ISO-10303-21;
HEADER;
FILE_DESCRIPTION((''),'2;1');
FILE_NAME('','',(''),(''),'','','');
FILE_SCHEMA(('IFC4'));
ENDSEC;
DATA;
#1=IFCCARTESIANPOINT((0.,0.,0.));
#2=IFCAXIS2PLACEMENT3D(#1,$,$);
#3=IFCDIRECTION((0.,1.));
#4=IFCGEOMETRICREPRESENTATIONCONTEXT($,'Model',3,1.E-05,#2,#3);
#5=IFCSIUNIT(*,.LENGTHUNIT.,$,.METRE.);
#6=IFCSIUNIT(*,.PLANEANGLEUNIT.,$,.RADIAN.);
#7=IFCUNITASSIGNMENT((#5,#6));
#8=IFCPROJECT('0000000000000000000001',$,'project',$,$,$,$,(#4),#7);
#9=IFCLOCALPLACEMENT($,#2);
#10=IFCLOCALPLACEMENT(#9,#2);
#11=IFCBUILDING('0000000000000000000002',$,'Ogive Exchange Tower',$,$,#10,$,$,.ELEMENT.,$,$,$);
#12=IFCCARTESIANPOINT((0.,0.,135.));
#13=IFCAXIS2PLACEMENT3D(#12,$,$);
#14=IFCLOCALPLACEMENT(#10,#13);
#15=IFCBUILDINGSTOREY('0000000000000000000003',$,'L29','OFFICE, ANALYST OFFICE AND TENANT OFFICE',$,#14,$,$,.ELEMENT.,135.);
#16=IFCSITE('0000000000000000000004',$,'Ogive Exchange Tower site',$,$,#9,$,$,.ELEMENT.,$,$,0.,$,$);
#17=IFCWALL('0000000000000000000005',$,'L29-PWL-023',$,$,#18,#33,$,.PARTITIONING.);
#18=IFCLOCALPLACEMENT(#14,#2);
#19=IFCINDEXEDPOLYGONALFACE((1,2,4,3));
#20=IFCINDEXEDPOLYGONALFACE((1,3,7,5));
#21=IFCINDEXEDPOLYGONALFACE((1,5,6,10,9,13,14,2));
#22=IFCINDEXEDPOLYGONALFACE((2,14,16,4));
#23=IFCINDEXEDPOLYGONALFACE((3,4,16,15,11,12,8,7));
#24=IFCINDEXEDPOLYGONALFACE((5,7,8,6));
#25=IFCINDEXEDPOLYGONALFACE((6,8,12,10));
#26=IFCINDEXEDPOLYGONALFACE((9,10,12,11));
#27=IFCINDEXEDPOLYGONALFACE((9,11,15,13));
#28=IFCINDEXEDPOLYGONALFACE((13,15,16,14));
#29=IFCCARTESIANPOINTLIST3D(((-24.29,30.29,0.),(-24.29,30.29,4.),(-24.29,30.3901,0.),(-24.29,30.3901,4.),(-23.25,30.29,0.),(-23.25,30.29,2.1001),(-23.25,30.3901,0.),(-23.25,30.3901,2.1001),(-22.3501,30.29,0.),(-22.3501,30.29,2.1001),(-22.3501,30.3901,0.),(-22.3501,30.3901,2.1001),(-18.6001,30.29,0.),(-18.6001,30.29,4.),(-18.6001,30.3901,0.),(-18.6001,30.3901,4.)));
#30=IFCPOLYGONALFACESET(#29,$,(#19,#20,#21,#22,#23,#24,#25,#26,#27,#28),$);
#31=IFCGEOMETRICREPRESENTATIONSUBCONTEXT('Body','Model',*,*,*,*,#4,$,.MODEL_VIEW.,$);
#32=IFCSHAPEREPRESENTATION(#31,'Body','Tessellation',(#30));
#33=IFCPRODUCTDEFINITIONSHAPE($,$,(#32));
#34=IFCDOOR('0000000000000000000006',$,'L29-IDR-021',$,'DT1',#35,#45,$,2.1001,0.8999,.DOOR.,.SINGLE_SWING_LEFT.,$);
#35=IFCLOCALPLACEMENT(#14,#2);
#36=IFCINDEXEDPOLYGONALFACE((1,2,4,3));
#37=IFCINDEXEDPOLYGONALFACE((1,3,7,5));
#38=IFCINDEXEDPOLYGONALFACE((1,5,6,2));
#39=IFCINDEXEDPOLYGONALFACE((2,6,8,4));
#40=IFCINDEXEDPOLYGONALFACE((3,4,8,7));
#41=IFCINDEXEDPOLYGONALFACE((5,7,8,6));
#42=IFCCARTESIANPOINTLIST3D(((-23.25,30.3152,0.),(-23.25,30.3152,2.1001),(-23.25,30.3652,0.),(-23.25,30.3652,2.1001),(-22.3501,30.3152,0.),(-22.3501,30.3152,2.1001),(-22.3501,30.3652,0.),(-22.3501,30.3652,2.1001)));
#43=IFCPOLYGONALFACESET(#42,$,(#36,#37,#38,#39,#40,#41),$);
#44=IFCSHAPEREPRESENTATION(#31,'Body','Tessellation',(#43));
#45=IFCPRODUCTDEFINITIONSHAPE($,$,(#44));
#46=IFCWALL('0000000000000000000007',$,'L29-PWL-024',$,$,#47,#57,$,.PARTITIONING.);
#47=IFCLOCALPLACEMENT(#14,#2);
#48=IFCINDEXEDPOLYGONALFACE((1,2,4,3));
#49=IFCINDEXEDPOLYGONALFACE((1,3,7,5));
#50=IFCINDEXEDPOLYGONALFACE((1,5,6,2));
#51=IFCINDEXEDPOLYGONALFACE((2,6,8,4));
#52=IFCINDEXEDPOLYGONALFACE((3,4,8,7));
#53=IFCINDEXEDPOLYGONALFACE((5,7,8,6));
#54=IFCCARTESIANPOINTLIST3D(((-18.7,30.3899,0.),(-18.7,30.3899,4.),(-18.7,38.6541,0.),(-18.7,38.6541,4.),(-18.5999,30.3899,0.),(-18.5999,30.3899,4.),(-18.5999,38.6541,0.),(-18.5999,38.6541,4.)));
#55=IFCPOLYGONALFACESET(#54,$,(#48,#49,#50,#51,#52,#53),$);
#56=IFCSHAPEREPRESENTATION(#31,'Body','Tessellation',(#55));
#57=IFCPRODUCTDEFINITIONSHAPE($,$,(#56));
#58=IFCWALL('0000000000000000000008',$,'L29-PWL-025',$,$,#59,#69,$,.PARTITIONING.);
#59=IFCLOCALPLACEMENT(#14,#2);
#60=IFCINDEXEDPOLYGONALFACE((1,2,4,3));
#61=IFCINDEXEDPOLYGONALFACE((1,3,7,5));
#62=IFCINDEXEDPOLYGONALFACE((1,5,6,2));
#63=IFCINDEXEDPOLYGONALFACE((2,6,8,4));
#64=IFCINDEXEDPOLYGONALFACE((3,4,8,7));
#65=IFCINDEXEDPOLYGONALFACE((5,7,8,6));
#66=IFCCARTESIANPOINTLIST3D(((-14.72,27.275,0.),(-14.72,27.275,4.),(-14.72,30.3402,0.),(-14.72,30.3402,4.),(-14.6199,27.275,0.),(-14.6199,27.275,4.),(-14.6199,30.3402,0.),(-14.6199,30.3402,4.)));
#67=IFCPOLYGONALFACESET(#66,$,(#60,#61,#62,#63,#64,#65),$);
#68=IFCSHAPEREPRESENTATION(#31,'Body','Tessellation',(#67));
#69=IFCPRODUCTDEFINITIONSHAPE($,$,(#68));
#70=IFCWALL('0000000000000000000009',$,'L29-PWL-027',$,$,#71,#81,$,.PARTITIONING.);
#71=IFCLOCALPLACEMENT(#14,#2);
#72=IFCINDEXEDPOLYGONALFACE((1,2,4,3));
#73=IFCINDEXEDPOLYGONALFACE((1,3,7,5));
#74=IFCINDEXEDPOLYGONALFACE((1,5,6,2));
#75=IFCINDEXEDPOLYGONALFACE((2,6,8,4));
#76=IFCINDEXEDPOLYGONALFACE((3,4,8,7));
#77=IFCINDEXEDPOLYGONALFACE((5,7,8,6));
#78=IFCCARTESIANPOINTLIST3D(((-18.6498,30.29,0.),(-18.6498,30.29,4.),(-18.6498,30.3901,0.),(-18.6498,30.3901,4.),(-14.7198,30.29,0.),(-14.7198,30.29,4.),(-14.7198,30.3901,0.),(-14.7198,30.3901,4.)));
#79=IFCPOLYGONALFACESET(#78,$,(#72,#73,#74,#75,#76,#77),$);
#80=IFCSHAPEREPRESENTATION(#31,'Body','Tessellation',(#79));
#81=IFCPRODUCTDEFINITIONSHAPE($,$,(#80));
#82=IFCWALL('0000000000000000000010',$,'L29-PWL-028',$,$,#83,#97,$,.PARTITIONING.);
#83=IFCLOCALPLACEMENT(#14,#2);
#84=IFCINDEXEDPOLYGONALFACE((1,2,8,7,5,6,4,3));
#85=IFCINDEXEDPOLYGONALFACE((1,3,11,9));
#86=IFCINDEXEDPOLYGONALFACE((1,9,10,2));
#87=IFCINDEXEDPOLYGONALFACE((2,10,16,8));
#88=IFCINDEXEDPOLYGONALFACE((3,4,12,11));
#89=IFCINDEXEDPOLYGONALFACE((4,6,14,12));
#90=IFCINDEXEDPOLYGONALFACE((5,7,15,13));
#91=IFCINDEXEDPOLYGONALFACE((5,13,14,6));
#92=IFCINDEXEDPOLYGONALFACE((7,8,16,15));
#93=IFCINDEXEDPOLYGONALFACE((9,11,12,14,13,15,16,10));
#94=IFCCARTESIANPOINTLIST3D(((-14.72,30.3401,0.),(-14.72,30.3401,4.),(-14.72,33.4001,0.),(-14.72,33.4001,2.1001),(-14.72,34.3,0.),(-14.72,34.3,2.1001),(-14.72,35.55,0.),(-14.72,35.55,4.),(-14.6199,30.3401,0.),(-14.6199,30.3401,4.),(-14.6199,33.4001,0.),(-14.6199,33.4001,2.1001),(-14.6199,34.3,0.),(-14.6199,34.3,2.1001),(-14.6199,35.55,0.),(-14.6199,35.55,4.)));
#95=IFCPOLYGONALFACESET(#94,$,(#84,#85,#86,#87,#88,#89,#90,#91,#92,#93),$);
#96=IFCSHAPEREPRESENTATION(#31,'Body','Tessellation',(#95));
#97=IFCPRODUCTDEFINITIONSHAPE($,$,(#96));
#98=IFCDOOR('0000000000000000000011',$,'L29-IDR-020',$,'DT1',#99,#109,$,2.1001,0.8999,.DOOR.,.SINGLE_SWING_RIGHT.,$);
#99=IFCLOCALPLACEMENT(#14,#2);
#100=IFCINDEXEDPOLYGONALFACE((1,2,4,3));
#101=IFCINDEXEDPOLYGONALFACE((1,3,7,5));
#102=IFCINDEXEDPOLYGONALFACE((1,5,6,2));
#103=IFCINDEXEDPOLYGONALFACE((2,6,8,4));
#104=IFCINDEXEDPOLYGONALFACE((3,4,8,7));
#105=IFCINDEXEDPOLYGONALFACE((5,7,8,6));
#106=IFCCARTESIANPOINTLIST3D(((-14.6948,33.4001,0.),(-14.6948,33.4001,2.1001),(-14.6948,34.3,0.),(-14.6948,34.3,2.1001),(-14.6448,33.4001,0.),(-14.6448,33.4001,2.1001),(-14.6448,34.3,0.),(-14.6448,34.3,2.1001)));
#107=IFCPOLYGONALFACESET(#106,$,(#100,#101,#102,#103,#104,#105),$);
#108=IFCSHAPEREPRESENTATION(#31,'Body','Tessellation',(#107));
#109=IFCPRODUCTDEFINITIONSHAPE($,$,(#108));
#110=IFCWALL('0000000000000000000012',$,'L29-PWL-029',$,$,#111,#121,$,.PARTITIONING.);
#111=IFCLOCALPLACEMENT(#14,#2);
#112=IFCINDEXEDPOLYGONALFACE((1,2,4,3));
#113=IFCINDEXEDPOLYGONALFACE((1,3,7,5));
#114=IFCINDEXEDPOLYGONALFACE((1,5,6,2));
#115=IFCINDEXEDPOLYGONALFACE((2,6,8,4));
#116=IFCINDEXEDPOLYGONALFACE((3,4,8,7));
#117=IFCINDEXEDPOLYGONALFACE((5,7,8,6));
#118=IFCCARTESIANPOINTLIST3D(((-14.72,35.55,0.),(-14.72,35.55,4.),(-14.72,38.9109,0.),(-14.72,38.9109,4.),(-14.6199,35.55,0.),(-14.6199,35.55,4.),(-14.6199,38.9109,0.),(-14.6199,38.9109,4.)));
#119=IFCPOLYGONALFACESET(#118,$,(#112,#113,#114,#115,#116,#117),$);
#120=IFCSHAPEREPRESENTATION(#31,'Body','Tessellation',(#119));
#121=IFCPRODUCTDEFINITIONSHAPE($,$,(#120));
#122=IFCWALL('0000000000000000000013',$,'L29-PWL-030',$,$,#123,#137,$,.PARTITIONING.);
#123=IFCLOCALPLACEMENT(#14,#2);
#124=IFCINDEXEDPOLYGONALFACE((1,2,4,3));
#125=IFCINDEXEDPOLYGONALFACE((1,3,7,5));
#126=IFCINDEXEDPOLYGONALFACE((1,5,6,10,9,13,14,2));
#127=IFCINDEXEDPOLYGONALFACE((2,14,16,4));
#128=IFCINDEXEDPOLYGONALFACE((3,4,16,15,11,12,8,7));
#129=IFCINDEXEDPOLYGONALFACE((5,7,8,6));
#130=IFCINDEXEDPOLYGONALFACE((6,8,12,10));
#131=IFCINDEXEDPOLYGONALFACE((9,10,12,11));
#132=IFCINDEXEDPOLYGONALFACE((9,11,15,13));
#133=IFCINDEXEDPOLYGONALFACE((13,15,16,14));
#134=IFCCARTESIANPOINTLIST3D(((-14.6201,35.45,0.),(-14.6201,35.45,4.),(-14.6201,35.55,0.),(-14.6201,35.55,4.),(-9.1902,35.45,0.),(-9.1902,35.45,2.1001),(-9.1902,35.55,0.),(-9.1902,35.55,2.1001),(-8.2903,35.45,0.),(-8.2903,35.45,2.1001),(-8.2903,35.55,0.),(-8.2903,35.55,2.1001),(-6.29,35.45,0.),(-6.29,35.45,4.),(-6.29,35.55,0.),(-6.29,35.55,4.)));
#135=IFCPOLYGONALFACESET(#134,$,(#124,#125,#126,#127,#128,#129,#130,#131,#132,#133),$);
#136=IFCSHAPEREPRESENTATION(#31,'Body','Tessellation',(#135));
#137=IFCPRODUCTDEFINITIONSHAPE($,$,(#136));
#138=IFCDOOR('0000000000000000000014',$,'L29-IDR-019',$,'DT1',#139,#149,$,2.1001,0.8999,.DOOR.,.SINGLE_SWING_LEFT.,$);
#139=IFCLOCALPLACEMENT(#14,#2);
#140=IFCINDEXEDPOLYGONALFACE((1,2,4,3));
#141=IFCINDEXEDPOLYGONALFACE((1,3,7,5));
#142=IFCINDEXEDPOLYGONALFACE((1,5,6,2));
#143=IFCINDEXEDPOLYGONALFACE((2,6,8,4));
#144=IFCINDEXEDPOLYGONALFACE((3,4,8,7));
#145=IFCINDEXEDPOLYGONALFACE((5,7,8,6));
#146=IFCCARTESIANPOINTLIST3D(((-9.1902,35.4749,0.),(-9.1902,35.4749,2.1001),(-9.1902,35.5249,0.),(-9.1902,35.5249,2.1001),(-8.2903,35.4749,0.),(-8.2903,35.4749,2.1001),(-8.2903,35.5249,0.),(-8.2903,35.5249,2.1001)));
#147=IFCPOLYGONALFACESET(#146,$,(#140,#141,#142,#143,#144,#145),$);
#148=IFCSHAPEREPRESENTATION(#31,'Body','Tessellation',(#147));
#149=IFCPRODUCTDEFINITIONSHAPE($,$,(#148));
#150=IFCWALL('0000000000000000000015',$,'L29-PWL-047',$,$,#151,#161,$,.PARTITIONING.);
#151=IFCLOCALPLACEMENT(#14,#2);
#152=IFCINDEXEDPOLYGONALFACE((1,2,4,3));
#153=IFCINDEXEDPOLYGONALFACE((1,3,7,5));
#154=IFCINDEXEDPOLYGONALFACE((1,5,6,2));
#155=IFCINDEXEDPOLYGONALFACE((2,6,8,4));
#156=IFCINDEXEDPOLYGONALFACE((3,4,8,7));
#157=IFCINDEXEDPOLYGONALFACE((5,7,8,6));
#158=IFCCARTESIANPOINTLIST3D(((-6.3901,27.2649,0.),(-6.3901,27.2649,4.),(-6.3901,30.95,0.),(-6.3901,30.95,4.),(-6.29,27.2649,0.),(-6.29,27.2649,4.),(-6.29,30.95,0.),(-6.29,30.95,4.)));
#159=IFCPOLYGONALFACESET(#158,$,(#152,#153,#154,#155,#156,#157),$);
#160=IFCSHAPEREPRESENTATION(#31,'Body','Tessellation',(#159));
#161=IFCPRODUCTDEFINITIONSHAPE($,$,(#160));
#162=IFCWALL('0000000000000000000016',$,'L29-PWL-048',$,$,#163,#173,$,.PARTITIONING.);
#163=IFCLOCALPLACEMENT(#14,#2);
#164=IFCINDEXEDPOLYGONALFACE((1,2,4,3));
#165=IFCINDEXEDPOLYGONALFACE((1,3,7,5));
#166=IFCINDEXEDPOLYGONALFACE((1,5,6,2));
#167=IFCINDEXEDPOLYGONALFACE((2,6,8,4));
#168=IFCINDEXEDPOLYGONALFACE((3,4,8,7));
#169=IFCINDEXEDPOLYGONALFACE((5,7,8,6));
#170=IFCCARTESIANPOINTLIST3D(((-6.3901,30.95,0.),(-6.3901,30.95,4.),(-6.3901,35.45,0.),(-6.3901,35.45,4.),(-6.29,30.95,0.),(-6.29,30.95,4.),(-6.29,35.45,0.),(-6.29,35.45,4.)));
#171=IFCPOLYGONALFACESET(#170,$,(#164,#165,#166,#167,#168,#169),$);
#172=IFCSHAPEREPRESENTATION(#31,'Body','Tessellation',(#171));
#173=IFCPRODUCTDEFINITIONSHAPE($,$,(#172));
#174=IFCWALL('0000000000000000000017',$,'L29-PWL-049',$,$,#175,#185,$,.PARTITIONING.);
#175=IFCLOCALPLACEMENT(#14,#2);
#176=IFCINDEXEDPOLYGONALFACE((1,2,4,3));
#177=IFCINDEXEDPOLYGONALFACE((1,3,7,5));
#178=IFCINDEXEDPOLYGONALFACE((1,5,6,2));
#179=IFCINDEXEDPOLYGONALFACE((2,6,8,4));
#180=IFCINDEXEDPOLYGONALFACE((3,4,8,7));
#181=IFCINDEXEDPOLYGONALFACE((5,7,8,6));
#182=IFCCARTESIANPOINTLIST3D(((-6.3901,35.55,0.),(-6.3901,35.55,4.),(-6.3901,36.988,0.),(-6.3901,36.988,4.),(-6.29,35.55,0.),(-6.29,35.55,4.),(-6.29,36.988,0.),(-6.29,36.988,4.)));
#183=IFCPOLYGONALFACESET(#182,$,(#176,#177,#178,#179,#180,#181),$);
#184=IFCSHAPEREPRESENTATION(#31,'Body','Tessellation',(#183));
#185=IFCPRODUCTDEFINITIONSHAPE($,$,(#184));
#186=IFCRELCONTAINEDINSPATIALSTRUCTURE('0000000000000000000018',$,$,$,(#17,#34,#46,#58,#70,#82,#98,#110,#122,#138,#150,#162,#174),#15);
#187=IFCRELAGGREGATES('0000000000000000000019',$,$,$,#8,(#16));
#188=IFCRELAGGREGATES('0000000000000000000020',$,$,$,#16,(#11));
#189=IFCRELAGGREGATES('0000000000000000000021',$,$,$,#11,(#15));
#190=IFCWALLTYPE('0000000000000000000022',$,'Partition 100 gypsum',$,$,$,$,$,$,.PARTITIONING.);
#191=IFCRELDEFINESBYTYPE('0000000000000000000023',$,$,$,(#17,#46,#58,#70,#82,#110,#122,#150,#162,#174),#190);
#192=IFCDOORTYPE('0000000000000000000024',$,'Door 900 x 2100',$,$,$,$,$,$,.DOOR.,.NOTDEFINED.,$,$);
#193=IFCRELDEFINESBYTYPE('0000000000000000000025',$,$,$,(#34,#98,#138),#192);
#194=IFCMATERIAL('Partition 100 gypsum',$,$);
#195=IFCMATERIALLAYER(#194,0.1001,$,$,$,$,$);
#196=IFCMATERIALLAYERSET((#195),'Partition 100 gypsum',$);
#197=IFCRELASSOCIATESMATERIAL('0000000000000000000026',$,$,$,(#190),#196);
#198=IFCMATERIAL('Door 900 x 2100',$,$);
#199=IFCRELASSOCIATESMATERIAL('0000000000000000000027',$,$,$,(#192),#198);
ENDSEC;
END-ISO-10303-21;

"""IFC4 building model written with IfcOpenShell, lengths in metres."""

from ifc_helpers import new_model, si_unit, direction, frame, frame_2d, origin, place, context, subcontext, project, spatial, rectangle, extrude, material, layer, layer_set, type_object, element, fill, save


model = new_model("IFC4")

# Units and contexts
model_context = context("Model", 3, precision=1e-05, world=origin(), true_north=direction((0.0, 1.0)))
body_context = subcontext(model_context, "Body", "Model", "MODEL_VIEW")
ifc_project = project(units=[si_unit("LENGTHUNIT", "METRE"), si_unit("PLANEANGLEUNIT", "RADIAN")], contexts=[model_context])

# Site, building, storey
site_placement = place(None, origin())
site = spatial("IfcSite", under=ifc_project, at=site_placement, Name="Ogive Exchange Tower site", CompositionType="ELEMENT", RefElevation=0.0)
building_placement = place(site_placement, origin())
building = spatial("IfcBuilding", under=site, at=building_placement, Name="Ogive Exchange Tower", CompositionType="ELEMENT")
storey_placement = place(building_placement, frame((0.0, 0.0, 135.0)))
storey = spatial("IfcBuildingStorey", under=building, at=storey_placement, Name="L29", Description="OFFICE, ANALYST OFFICE AND TENANT OFFICE", CompositionType="ELEMENT", Elevation=135.0)

# Wall, opening, door
ifc_material_1 = material(Name="Partition 100 gypsum")
ifc_layer_1 = layer(ifc_material_1, 0.1001)
ifc_layer_set_1 = layer_set([ifc_layer_1], Name="Partition 100 gypsum")
wall_type_1 = type_object("IfcWallType", Name="Partition 100 gypsum", PredefinedType="PARTITIONING", material=ifc_layer_set_1)
wall_1_placement = place(storey_placement, frame((-18.6001, 30.3401, 0.0), z_axis=(0.0, 0.0, 1.0), x_axis=(-1.0, 0.0, 0.0)))
wall_1 = element("IfcWall", 1, at=wall_1_placement, inside=storey, type_object=wall_type_1, Name="L29-PWL-023", PredefinedType="PARTITIONING", context=body_context, shape_type="SweptSolid", body=[
    extrude(rectangle(XDim=5.6899, YDim=0.1001, at=frame_2d((2.845, 0.0))), origin(), (0.0, 0.0, 1.0), 4.0),
])
opening_1_placement = place(wall_1_placement, frame((3.75, 0.0, 0.0)))
opening_1 = element("IfcOpeningElement", 2, at=opening_1_placement, cuts=wall_1, PredefinedType="OPENING", context=body_context, shape_type="SweptSolid", body=[
    extrude(rectangle(XDim=0.8999, YDim=2.1001, at=frame_2d((0.45, 1.05))), frame((0.0, 0.0601, 0.0), z_axis=(0.0, -1.0, 0.0), x_axis=(1.0, 0.0, 0.0)), (0.0, 0.0, 1.0), 0.1201),
])
ifc_material_2 = material(Name="Door 900 x 2100")
door_type_1 = type_object("IfcDoorType", Name="Door 900 x 2100", OperationType="NOTDEFINED", PredefinedType="DOOR", material=ifc_material_2)
door_1_placement = place(opening_1_placement, origin())
door_1 = element("IfcDoor", 3, at=door_1_placement, inside=storey, type_object=door_type_1, Name="L29-IDR-021", ObjectType="DT1", OperationType="SINGLE_SWING_LEFT", OverallHeight=2.1001, OverallWidth=0.8999, PredefinedType="DOOR", context=body_context, shape_type="SweptSolid", body=[
    extrude(rectangle(XDim=0.8999, YDim=2.1001, at=frame_2d((0.45, 1.05))), frame((0.0, 0.0249, 0.0), z_axis=(0.0, -1.0, 0.0), x_axis=(1.0, 0.0, 0.0)), (0.0, 0.0, 1.0), 0.05),
])
fill(opening_1, door_1)

# Walls
wall_2_placement = place(storey_placement, frame((-18.6499, 30.3899, 0.0), z_axis=(0.0, 0.0, 1.0), x_axis=(0.0, 1.0, 0.0)))
element("IfcWall", 4, at=wall_2_placement, inside=storey, type_object=wall_type_1, Name="L29-PWL-024", PredefinedType="PARTITIONING", context=body_context, shape_type="SweptSolid", body=[
    extrude(rectangle(XDim=8.2642, YDim=0.1001, at=frame_2d((4.1321, 0.0))), origin(), (0.0, 0.0, 1.0), 4.0),
])
wall_3_placement = place(storey_placement, frame((-14.6699, 27.2749, 0.0), z_axis=(0.0, 0.0, 1.0), x_axis=(0.0, 1.0, 0.0)))
element("IfcWall", 5, at=wall_3_placement, inside=storey, type_object=wall_type_1, Name="L29-PWL-025", PredefinedType="PARTITIONING", context=body_context, shape_type="SweptSolid", body=[
    extrude(rectangle(XDim=3.0652, YDim=0.1001, at=frame_2d((1.5327, 0.0))), origin(), (0.0, 0.0, 1.0), 4.0),
])
wall_4_placement = place(storey_placement, frame((-14.72, 30.3401, 0.0), z_axis=(0.0, 0.0, 1.0), x_axis=(-1.0, 0.0, 0.0)))
element("IfcWall", 6, at=wall_4_placement, inside=storey, type_object=wall_type_1, Name="L29-PWL-027", PredefinedType="PARTITIONING", context=body_context, shape_type="SweptSolid", body=[
    extrude(rectangle(XDim=3.9299, YDim=0.1001, at=frame_2d((1.9648, 0.0))), origin(), (0.0, 0.0, 1.0), 4.0),
])

# Wall, opening, door
wall_5_placement = place(storey_placement, frame((-14.6699, 30.3401, 0.0), z_axis=(0.0, 0.0, 1.0), x_axis=(0.0, 1.0, 0.0)))
wall_5 = element("IfcWall", 7, at=wall_5_placement, inside=storey, type_object=wall_type_1, Name="L29-PWL-028", PredefinedType="PARTITIONING", context=body_context, shape_type="SweptSolid", body=[
    extrude(rectangle(XDim=5.21, YDim=0.1001, at=frame_2d((2.605, 0.0))), origin(), (0.0, 0.0, 1.0), 4.0),
])
opening_2_placement = place(wall_5_placement, frame((3.0601, 0.0, 0.0)))
opening_2 = element("IfcOpeningElement", 8, at=opening_2_placement, cuts=wall_5, PredefinedType="OPENING", context=body_context, shape_type="SweptSolid", body=[
    extrude(rectangle(XDim=0.8999, YDim=2.1001, at=frame_2d((0.45, 1.05))), frame((0.0, 0.0601, 0.0), z_axis=(0.0, -1.0, 0.0), x_axis=(1.0, 0.0, 0.0)), (0.0, 0.0, 1.0), 0.1201),
])
door_2_placement = place(opening_2_placement, origin())
door_2 = element("IfcDoor", 9, at=door_2_placement, inside=storey, type_object=door_type_1, Name="L29-IDR-020", ObjectType="DT1", OperationType="SINGLE_SWING_RIGHT", OverallHeight=2.1001, OverallWidth=0.8999, PredefinedType="DOOR", context=body_context, shape_type="SweptSolid", body=[
    extrude(rectangle(XDim=0.8999, YDim=2.1001, at=frame_2d((0.45, 1.05))), frame((0.0, 0.0249, 0.0), z_axis=(0.0, -1.0, 0.0), x_axis=(1.0, 0.0, 0.0)), (0.0, 0.0, 1.0), 0.05),
])
fill(opening_2, door_2)

# Wall
wall_6_placement = place(storey_placement, frame((-14.6699, 35.55, 0.0), z_axis=(0.0, 0.0, 1.0), x_axis=(0.0, 1.0, 0.0)))
element("IfcWall", 10, at=wall_6_placement, inside=storey, type_object=wall_type_1, Name="L29-PWL-029", PredefinedType="PARTITIONING", context=body_context, shape_type="SweptSolid", body=[
    extrude(rectangle(XDim=3.3608, YDim=0.1001, at=frame_2d((1.6804, 0.0))), origin(), (0.0, 0.0, 1.0), 4.0),
])

# Wall, opening, door
wall_7_placement = place(storey_placement, frame((-14.6201, 35.5, 0.0), z_axis=(0.0, 0.0, 1.0), x_axis=(1.0, 0.0, 0.0)))
wall_7 = element("IfcWall", 11, at=wall_7_placement, inside=storey, type_object=wall_type_1, Name="L29-PWL-030", PredefinedType="PARTITIONING", context=body_context, shape_type="SweptSolid", body=[
    extrude(rectangle(XDim=8.3301, YDim=0.1001, at=frame_2d((4.165, 0.0))), origin(), (0.0, 0.0, 1.0), 4.0),
])
opening_3_placement = place(wall_7_placement, frame((5.4299, 0.0, 0.0)))
opening_3 = element("IfcOpeningElement", 12, at=opening_3_placement, cuts=wall_7, PredefinedType="OPENING", context=body_context, shape_type="SweptSolid", body=[
    extrude(rectangle(XDim=0.8999, YDim=2.1001, at=frame_2d((0.45, 1.05))), frame((0.0, 0.0601, 0.0), z_axis=(0.0, -1.0, 0.0), x_axis=(1.0, 0.0, 0.0)), (0.0, 0.0, 1.0), 0.1201),
])
door_3_placement = place(opening_3_placement, origin())
door_3 = element("IfcDoor", 13, at=door_3_placement, inside=storey, type_object=door_type_1, Name="L29-IDR-019", ObjectType="DT1", OperationType="SINGLE_SWING_LEFT", OverallHeight=2.1001, OverallWidth=0.8999, PredefinedType="DOOR", context=body_context, shape_type="SweptSolid", body=[
    extrude(rectangle(XDim=0.8999, YDim=2.1001, at=frame_2d((0.45, 1.05))), frame((0.0, 0.0249, 0.0), z_axis=(0.0, -1.0, 0.0), x_axis=(1.0, 0.0, 0.0)), (0.0, 0.0, 1.0), 0.05),
])
fill(opening_3, door_3)

# Walls
wall_8_placement = place(storey_placement, frame((-6.3401, 27.2649, 0.0), z_axis=(0.0, 0.0, 1.0), x_axis=(0.0, 1.0, 0.0)))
element("IfcWall", 14, at=wall_8_placement, inside=storey, type_object=wall_type_1, Name="L29-PWL-047", PredefinedType="PARTITIONING", context=body_context, shape_type="SweptSolid", body=[
    extrude(rectangle(XDim=3.6851, YDim=0.1001, at=frame_2d((1.8425, 0.0))), origin(), (0.0, 0.0, 1.0), 4.0),
])
wall_9_placement = place(storey_placement, frame((-6.3401, 30.95, 0.0), z_axis=(0.0, 0.0, 1.0), x_axis=(0.0, 1.0, 0.0)))
element("IfcWall", 15, at=wall_9_placement, inside=storey, type_object=wall_type_1, Name="L29-PWL-048", PredefinedType="PARTITIONING", context=body_context, shape_type="SweptSolid", body=[
    extrude(rectangle(XDim=4.5, YDim=0.1001, at=frame_2d((2.25, 0.0))), origin(), (0.0, 0.0, 1.0), 4.0),
])
wall_10_placement = place(storey_placement, frame((-6.3401, 35.55, 0.0), z_axis=(0.0, 0.0, 1.0), x_axis=(0.0, 1.0, 0.0)))
element("IfcWall", 16, at=wall_10_placement, inside=storey, type_object=wall_type_1, Name="L29-PWL-049", PredefinedType="PARTITIONING", context=body_context, shape_type="SweptSolid", body=[
    extrude(rectangle(XDim=1.438, YDim=0.1001, at=frame_2d((0.719, 0.0))), origin(), (0.0, 0.0, 1.0), 4.0),
])

save(model, "model.ifc")
